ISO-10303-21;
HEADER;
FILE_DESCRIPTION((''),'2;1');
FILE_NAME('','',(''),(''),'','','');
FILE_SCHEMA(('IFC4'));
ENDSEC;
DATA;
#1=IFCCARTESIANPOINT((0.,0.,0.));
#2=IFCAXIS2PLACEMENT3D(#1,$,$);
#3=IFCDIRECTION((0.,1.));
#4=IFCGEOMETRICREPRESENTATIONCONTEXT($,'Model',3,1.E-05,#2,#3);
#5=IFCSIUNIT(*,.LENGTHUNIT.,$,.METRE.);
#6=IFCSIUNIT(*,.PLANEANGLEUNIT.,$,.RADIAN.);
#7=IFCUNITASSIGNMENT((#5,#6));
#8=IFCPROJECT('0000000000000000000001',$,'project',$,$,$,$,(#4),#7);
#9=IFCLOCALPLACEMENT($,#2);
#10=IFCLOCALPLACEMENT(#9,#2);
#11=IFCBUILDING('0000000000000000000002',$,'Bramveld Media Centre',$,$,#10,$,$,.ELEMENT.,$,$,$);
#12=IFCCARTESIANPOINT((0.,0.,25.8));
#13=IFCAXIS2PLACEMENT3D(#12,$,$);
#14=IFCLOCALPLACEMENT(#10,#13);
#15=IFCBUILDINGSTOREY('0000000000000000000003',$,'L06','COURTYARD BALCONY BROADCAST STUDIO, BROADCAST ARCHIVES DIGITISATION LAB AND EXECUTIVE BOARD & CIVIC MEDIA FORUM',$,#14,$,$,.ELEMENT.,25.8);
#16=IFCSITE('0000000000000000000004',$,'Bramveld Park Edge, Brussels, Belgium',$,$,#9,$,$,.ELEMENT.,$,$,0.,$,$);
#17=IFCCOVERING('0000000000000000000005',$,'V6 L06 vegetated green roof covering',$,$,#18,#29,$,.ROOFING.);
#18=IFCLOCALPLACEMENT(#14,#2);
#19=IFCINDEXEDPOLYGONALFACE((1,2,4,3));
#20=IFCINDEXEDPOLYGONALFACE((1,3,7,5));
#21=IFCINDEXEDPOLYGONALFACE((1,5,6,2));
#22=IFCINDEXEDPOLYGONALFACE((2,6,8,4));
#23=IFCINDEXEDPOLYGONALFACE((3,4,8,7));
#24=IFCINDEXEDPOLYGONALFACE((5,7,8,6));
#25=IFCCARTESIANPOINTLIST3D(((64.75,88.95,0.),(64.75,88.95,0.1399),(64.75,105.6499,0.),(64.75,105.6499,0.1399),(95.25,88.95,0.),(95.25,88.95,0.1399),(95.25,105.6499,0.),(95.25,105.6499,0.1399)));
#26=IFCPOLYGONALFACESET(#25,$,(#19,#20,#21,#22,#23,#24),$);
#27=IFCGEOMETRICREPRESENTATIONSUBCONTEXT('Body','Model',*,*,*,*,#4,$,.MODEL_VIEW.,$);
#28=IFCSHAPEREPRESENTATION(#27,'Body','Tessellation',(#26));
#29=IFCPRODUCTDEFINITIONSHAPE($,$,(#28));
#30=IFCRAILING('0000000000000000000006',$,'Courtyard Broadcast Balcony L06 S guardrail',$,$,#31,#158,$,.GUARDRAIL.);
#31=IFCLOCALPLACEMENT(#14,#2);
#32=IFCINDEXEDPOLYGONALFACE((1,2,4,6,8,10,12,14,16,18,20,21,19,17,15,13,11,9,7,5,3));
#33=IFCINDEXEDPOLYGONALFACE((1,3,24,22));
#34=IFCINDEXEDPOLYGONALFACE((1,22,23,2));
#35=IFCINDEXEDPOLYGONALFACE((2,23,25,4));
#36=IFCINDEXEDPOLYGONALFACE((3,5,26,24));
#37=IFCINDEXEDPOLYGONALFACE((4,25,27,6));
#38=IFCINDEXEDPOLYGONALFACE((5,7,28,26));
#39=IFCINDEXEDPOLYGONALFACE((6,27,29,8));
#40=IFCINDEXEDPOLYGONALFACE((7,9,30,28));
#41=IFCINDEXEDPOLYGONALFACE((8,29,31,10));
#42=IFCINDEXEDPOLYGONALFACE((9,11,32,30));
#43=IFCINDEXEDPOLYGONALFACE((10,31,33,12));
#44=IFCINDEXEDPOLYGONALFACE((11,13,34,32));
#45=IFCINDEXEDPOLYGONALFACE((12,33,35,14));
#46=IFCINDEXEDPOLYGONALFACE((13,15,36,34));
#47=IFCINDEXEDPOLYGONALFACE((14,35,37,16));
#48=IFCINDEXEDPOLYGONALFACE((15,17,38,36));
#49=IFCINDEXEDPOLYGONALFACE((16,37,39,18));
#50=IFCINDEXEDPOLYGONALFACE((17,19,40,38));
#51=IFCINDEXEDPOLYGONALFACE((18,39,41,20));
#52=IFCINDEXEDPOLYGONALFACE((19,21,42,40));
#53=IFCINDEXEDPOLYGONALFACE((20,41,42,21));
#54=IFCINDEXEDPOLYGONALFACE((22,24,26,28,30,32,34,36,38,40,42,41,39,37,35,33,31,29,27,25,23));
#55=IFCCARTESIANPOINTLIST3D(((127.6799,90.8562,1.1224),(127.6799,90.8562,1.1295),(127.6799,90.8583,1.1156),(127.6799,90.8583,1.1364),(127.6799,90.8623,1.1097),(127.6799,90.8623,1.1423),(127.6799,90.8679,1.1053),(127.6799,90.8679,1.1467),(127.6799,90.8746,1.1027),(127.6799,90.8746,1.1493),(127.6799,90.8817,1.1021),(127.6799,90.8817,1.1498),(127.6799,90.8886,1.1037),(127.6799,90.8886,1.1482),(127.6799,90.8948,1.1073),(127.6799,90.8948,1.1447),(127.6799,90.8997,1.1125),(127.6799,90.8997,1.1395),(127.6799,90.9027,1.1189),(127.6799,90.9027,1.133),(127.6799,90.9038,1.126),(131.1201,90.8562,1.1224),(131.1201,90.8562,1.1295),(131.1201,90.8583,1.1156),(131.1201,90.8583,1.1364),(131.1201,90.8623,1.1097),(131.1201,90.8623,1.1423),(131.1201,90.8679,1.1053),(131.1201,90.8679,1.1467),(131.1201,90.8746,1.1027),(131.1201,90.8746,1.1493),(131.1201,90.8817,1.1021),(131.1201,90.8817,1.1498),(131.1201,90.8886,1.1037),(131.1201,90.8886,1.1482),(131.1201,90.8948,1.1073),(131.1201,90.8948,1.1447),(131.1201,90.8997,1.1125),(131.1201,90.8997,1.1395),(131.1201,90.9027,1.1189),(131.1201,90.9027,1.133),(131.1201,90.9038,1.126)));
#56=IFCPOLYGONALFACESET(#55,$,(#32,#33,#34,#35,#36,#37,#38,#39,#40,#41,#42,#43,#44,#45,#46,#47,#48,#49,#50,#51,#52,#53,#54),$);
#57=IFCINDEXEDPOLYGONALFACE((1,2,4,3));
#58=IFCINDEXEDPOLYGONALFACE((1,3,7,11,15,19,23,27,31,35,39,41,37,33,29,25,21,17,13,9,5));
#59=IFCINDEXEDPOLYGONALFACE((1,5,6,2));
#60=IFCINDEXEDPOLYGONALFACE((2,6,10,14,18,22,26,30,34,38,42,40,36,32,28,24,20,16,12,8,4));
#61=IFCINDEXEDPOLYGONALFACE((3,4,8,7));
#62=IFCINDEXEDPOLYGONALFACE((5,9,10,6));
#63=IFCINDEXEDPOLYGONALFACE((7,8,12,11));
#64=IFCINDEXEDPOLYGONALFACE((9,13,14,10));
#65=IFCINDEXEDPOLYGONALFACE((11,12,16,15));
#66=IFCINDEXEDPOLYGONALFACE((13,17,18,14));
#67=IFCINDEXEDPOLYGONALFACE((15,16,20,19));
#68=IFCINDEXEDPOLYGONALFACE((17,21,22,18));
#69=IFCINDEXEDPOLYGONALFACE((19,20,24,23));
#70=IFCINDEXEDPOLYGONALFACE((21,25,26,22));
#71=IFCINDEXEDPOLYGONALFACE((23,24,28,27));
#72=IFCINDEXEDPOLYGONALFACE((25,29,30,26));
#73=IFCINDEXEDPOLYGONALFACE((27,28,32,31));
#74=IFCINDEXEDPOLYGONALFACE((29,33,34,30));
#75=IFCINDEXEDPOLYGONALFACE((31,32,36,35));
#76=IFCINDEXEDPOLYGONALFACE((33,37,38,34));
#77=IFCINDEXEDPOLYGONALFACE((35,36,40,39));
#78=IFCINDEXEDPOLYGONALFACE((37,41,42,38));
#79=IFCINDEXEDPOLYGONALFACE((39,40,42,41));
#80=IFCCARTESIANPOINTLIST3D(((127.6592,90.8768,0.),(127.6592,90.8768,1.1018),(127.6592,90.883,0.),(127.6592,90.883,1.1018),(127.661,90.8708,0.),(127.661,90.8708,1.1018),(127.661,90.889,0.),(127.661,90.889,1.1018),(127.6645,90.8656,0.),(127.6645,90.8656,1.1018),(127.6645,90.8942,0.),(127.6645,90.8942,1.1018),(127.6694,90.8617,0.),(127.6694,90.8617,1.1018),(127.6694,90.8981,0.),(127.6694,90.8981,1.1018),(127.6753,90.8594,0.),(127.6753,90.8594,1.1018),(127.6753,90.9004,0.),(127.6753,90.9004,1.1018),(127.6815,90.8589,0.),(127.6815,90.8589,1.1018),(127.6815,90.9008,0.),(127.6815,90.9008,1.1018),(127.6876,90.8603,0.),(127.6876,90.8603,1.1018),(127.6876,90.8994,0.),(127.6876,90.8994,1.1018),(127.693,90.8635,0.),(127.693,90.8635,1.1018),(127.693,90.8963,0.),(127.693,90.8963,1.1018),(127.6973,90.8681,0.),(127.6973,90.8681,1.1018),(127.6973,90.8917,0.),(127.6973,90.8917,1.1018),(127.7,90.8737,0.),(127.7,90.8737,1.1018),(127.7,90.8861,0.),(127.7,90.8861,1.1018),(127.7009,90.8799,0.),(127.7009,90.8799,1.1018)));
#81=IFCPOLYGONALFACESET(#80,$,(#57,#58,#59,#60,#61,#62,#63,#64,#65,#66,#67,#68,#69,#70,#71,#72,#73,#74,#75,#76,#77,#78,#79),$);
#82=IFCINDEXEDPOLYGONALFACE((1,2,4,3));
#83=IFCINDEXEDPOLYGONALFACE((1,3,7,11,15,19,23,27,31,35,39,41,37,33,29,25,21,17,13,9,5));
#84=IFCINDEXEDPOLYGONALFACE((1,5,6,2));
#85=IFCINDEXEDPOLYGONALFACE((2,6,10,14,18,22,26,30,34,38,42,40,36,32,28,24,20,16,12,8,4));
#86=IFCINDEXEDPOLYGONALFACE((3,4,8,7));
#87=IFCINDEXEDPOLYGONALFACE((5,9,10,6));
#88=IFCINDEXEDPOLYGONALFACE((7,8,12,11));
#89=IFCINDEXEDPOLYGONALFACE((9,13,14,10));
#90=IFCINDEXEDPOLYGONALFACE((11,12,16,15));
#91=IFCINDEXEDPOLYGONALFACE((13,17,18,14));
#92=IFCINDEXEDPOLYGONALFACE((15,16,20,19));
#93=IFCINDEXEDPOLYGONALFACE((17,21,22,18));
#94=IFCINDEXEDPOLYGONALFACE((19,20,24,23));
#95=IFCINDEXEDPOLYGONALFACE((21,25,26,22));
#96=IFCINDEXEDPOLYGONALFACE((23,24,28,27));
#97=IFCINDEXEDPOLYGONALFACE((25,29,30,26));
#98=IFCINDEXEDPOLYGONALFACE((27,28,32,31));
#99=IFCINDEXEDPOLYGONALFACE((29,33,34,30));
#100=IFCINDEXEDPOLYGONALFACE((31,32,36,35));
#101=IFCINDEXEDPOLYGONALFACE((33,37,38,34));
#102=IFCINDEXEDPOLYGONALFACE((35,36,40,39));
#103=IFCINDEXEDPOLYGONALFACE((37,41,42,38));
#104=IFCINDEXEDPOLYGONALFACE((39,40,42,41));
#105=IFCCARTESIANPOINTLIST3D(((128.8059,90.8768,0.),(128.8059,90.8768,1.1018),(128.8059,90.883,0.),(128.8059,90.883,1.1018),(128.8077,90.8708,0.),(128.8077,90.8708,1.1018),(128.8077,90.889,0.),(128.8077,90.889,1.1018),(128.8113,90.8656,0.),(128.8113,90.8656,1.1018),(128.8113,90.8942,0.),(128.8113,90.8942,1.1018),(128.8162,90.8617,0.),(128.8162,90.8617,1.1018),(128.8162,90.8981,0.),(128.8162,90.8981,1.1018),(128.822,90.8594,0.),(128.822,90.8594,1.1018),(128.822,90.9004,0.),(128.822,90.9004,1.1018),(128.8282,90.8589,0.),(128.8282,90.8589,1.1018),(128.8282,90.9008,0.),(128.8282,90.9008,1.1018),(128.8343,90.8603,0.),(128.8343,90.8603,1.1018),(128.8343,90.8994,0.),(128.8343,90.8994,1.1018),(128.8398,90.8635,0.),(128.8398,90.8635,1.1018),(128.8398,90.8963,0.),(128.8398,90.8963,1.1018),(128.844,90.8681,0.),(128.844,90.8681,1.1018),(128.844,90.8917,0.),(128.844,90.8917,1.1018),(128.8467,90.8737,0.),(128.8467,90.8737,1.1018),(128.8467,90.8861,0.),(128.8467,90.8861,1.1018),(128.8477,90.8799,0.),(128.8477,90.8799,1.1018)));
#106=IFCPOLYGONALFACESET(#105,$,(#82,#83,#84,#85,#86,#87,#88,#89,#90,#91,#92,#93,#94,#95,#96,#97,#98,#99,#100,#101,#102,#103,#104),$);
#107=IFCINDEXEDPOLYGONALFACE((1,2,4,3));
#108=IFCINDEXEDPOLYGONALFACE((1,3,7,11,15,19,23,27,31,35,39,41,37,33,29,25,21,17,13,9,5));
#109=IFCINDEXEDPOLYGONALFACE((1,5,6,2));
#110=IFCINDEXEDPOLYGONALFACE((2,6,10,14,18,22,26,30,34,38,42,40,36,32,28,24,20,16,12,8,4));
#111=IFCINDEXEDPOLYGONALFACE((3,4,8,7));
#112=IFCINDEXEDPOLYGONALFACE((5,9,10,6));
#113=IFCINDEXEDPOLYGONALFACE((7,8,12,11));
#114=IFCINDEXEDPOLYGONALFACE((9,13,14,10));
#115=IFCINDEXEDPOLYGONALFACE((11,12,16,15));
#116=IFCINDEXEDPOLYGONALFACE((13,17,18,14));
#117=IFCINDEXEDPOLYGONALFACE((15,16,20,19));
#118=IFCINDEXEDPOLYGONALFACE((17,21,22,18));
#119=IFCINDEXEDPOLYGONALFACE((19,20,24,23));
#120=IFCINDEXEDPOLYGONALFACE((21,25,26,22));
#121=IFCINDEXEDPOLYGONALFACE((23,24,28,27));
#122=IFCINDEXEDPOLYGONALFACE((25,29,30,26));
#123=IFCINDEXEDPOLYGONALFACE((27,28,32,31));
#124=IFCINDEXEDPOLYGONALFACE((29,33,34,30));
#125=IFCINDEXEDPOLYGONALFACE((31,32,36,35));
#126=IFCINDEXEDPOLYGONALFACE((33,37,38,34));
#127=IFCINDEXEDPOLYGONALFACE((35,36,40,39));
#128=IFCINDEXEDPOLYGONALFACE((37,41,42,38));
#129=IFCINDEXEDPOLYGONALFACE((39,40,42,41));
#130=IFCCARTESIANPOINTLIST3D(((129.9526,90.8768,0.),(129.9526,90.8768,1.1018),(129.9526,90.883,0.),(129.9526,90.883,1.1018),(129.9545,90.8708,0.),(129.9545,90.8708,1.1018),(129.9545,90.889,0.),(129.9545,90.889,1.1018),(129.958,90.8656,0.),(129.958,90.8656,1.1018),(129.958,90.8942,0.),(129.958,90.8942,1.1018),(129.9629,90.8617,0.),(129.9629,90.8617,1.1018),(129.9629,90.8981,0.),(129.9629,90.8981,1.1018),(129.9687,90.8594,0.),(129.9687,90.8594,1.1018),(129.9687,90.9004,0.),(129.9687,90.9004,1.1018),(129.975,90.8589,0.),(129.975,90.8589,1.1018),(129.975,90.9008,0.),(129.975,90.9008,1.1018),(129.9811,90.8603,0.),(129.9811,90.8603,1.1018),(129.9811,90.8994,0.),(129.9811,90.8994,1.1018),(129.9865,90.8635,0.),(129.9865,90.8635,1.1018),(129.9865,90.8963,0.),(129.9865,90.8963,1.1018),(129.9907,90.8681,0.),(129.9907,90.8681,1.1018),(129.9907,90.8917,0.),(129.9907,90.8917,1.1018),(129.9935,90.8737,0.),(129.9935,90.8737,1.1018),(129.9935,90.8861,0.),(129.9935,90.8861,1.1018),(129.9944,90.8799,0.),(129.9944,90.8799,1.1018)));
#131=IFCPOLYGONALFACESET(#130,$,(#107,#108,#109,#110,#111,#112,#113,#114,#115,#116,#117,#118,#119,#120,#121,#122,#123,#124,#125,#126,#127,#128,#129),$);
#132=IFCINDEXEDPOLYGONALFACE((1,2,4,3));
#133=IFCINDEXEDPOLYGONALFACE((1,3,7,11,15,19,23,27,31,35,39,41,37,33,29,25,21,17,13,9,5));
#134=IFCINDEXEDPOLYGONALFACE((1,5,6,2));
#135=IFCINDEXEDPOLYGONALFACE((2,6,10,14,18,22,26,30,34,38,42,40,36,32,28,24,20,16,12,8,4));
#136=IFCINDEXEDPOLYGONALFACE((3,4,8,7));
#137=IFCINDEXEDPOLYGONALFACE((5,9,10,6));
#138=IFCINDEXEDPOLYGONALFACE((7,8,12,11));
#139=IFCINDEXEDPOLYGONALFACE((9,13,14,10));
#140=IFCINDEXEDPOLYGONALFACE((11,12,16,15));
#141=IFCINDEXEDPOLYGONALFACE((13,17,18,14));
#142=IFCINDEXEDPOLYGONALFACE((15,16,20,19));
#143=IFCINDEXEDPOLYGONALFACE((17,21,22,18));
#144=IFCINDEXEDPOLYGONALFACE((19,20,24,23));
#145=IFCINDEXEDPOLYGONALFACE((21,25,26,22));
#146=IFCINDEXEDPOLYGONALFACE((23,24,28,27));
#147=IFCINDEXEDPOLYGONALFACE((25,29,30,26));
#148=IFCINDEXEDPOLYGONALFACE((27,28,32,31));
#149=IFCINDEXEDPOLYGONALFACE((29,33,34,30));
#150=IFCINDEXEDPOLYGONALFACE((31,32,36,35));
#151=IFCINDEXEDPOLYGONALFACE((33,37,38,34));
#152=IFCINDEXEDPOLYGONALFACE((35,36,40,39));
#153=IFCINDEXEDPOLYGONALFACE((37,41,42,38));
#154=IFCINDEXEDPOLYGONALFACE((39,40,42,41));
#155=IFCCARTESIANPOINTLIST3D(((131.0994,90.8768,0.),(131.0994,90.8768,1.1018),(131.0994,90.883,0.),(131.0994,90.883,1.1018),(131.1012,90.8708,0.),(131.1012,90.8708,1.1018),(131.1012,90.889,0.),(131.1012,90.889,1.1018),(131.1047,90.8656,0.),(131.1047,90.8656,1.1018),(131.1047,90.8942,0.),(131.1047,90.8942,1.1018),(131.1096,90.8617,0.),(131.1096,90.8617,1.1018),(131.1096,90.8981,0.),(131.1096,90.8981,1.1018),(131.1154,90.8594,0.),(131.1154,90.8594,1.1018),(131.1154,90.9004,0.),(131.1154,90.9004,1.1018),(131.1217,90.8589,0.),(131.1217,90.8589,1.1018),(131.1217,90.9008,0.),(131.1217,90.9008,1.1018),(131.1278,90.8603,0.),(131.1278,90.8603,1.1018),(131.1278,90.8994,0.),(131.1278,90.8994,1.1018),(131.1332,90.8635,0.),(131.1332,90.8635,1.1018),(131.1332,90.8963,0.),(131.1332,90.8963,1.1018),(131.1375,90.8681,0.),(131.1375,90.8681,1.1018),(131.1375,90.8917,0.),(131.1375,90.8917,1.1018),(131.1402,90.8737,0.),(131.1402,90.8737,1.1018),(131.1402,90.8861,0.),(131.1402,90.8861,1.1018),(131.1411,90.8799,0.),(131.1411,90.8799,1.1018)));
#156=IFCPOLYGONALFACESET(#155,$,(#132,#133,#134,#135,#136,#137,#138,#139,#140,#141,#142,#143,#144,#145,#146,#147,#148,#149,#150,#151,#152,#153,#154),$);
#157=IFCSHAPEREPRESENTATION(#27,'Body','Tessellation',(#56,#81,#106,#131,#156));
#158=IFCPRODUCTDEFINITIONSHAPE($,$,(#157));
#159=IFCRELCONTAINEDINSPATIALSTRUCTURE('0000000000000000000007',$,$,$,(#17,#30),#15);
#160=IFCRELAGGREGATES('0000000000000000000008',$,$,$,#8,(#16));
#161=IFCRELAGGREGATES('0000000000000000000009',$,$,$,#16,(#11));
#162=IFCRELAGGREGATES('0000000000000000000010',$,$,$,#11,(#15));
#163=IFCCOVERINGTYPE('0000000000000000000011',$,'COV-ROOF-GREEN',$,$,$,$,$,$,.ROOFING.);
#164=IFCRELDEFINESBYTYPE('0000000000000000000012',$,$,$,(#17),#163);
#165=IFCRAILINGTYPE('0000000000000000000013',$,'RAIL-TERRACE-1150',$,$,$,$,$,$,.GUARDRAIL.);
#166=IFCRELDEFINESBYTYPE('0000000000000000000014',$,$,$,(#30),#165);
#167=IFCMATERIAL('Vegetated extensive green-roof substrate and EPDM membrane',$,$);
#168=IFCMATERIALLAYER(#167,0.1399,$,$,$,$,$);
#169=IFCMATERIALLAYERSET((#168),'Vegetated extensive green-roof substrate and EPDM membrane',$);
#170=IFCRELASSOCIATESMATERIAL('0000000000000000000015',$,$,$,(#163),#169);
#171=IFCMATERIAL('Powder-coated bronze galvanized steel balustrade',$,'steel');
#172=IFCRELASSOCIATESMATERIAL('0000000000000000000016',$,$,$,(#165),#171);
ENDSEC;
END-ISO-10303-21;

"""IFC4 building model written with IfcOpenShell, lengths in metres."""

from ifc_helpers import new_model, si_unit, direction, frame, origin, origin_2d, place, context, subcontext, project, spatial, polyline, circle, outline, extrude, material, layer, layer_set, type_object, element, save


model = new_model("IFC4")

# Units and contexts
model_context = context("Model", 3, precision=1e-05, world=origin(), true_north=direction((0.0, 1.0)))
body_context = subcontext(model_context, "Body", "Model", "MODEL_VIEW")
ifc_project = project(units=[si_unit("LENGTHUNIT", "METRE"), si_unit("PLANEANGLEUNIT", "RADIAN")], contexts=[model_context])

# Site, building, storey
site_placement = place(None, origin())
site = spatial("IfcSite", under=ifc_project, at=site_placement, Name="Bramveld Park Edge, Brussels, Belgium", CompositionType="ELEMENT", RefElevation=0.0)
building_placement = place(site_placement, origin())
building = spatial("IfcBuilding", under=site, at=building_placement, Name="Bramveld Media Centre", CompositionType="ELEMENT")
storey_placement = place(building_placement, frame((0.0, 0.0, 25.8)))
storey = spatial("IfcBuildingStorey", under=building, at=storey_placement, Name="L06", Description="COURTYARD BALCONY BROADCAST STUDIO, BROADCAST ARCHIVES DIGITISATION LAB AND EXECUTIVE BOARD & CIVIC MEDIA FORUM", CompositionType="ELEMENT", Elevation=25.8)

# Covering
ifc_material_1 = material(Name="Vegetated extensive green-roof substrate and EPDM membrane")
ifc_layer_1 = layer(ifc_material_1, 0.1399)
ifc_layer_set_1 = layer_set([ifc_layer_1], Name="Vegetated extensive green-roof substrate and EPDM membrane")
covering_type_1 = type_object("IfcCoveringType", Name="COV-ROOF-GREEN", PredefinedType="ROOFING", material=ifc_layer_set_1)
covering_1_placement = place(storey_placement, origin())
element("IfcCovering", 1, at=covering_1_placement, inside=storey, type_object=covering_type_1, Name="V6 L06 vegetated green roof covering", PredefinedType="ROOFING", context=body_context, shape_type="SweptSolid", body=[
    extrude(outline(polyline([(64.75, 88.95), (95.25, 88.95), (95.25, 105.6499), (64.75, 105.6499), (64.75, 88.95)])), origin(), (0.0, 0.0, 1.0), 0.1399),
])

# Railing
ifc_material_2 = material(Name="Powder-coated bronze galvanized steel balustrade", Category="steel")
railing_type = type_object("IfcRailingType", Name="RAIL-TERRACE-1150", PredefinedType="GUARDRAIL", material=ifc_material_2)
railing_1_placement = place(storey_placement, frame((127.6799, 90.8799, 0.0)))
element("IfcRailing", 2, at=railing_1_placement, inside=storey, type_object=railing_type, Name="Courtyard Broadcast Balcony L06 S guardrail", PredefinedType="GUARDRAIL", context=body_context, shape_type="SweptSolid", body=[
    extrude(circle(Radius=0.0239, at=origin_2d()), frame((0.0, 0.0, 1.126), z_axis=(1.0, 0.0, 0.0), x_axis=(0.0, 1.0, 0.0)), (0.0, 0.0, 1.0), 3.4402),
    extrude(circle(Radius=0.021, at=origin_2d()), origin(), (0.0, 0.0, 1.0), 1.1018),
    extrude(circle(Radius=0.021, at=origin_2d()), frame((1.1467, 0.0, 0.0)), (0.0, 0.0, 1.0), 1.1018),
    extrude(circle(Radius=0.021, at=origin_2d()), frame((2.2935, 0.0, 0.0)), (0.0, 0.0, 1.0), 1.1018),
    extrude(circle(Radius=0.021, at=origin_2d()), frame((3.4402, 0.0, 0.0)), (0.0, 0.0, 1.0), 1.1018),
])

save(model, "model.ifc")
